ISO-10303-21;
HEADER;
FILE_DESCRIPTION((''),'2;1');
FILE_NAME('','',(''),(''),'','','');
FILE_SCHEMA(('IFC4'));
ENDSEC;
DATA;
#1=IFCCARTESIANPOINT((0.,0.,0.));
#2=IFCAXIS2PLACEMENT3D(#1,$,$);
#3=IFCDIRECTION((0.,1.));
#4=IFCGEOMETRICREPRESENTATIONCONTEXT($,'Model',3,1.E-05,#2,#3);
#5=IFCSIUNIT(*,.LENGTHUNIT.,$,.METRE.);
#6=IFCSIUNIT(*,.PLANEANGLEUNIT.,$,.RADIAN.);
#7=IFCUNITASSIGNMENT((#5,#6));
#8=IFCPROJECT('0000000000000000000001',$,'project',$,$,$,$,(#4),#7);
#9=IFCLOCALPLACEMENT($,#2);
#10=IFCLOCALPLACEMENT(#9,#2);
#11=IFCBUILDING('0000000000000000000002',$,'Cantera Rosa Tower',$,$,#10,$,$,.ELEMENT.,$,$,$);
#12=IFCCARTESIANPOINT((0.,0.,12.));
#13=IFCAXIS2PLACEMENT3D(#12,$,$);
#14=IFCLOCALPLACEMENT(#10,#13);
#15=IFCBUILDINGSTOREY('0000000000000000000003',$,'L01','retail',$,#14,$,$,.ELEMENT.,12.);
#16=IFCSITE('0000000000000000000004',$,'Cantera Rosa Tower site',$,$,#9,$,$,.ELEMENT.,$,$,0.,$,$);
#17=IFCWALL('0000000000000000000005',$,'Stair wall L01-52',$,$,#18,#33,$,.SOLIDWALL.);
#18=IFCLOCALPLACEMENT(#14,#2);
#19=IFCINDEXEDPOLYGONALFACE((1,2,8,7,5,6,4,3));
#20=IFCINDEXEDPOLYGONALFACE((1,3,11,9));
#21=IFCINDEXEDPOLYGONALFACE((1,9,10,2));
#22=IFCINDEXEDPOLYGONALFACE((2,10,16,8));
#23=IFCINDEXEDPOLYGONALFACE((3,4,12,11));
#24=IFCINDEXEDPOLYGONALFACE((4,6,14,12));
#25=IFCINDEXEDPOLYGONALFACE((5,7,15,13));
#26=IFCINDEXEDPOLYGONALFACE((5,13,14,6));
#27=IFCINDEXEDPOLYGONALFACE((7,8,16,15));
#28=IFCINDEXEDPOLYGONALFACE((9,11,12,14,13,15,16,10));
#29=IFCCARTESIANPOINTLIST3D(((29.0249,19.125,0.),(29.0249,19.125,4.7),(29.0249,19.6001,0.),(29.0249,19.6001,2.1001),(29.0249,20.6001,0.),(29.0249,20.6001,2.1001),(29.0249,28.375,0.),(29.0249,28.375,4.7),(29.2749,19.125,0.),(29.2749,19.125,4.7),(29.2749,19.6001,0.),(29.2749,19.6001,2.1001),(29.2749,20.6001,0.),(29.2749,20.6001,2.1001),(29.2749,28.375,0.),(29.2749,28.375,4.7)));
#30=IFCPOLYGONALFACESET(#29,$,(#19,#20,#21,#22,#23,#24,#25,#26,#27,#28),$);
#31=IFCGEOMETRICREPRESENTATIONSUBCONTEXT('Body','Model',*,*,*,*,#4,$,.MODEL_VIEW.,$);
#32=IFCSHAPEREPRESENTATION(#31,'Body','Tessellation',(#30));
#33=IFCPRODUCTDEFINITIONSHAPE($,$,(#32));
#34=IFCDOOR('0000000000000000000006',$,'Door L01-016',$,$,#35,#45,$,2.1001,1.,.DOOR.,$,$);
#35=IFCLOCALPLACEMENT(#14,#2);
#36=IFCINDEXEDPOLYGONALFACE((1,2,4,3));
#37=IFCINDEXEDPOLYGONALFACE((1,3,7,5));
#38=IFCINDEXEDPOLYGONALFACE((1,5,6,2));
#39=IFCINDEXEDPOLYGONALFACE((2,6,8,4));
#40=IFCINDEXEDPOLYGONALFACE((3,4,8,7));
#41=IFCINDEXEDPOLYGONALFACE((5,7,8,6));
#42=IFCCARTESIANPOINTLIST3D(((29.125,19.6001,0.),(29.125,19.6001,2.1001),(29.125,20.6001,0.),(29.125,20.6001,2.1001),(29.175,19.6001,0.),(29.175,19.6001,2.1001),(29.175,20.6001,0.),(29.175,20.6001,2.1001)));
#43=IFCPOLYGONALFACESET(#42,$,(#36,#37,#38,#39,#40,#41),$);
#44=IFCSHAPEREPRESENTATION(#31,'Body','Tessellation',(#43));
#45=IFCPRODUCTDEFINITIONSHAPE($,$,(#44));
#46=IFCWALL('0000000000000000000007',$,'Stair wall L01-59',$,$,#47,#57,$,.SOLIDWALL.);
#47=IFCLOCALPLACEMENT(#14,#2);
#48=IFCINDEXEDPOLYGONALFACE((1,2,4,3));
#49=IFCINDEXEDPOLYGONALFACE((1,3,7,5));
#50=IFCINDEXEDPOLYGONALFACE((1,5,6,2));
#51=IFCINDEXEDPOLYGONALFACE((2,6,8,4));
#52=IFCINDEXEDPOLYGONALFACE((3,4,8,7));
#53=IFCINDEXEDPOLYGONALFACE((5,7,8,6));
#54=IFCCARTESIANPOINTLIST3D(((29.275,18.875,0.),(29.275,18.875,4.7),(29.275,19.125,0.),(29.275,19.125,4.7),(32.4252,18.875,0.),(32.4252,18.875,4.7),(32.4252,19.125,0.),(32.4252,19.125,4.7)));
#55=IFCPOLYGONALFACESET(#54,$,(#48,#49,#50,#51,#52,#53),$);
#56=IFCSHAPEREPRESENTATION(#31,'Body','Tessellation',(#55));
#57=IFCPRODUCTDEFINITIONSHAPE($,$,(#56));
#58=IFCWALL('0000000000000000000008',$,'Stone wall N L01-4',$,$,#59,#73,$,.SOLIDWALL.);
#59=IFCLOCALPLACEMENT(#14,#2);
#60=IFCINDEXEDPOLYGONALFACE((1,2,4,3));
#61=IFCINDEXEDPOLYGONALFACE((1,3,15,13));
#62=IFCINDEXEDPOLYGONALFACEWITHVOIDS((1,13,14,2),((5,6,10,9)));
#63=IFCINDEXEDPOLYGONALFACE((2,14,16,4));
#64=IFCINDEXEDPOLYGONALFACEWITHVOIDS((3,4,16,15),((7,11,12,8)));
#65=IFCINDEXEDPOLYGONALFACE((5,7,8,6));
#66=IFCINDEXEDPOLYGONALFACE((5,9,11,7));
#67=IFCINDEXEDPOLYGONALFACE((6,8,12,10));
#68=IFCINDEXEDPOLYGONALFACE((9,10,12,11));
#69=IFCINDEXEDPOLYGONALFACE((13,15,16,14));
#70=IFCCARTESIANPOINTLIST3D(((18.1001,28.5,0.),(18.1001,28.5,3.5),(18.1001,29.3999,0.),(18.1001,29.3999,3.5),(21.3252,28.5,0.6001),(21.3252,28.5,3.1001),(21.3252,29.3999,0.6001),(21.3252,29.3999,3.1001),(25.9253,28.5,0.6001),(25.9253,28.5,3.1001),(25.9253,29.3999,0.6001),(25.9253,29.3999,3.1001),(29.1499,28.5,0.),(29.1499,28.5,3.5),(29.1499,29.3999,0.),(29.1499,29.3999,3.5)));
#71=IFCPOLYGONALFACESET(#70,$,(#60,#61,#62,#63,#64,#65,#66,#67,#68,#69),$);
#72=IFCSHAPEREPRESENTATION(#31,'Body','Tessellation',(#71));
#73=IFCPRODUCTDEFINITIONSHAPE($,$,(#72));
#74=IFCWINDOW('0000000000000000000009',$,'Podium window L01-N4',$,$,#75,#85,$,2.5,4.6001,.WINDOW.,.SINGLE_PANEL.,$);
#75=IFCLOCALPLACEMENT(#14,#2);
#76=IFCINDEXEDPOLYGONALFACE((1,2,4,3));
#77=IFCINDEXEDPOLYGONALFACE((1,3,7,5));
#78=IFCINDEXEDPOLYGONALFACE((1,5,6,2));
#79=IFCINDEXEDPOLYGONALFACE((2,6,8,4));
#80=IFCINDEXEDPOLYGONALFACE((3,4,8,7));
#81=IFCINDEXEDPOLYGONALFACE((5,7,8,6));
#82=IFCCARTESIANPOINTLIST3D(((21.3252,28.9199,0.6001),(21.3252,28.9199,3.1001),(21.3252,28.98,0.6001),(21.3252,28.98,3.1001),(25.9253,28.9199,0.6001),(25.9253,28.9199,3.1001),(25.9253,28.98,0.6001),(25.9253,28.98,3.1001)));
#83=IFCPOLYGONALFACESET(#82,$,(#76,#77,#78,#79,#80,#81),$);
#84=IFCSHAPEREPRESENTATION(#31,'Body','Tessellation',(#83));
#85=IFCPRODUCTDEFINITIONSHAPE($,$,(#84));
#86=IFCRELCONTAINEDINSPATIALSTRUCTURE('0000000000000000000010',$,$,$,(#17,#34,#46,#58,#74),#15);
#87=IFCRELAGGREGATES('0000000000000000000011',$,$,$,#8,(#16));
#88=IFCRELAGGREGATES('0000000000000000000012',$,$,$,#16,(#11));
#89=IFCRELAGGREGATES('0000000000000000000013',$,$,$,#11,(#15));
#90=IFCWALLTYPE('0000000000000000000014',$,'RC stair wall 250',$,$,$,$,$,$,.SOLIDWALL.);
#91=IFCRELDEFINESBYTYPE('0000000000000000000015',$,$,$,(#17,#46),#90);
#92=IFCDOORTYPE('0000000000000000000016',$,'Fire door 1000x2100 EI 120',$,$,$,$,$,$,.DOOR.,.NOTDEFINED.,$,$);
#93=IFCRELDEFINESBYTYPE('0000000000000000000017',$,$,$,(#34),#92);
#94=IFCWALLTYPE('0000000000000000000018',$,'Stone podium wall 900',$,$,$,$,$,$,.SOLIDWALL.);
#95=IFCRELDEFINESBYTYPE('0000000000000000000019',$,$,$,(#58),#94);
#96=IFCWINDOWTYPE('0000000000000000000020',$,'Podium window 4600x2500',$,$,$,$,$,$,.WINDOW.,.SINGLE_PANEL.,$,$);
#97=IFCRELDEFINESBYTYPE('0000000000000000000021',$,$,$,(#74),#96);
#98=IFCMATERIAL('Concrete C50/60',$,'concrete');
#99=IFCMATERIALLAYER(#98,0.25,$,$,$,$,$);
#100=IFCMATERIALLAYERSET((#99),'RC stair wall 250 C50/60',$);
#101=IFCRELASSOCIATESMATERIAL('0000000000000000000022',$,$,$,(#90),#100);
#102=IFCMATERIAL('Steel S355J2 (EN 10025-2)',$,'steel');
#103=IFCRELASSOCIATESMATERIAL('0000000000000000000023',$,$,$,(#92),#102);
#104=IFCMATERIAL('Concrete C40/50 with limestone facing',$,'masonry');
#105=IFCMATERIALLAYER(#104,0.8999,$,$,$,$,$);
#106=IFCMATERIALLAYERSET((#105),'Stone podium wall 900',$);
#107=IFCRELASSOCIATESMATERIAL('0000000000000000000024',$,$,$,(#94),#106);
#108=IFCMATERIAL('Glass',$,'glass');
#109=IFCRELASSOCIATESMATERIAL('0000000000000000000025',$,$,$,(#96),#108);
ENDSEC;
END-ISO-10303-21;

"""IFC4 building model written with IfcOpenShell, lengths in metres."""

from ifc_helpers import new_model, si_unit, direction, frame, frame_2d, origin, place, context, subcontext, project, spatial, rectangle, extrude, material, layer, layer_set, type_object, element, fill, save


model = new_model("IFC4")

# Units and contexts
model_context = context("Model", 3, precision=1e-05, world=origin(), true_north=direction((0.0, 1.0)))
body_context = subcontext(model_context, "Body", "Model", "MODEL_VIEW")
ifc_project = project(units=[si_unit("LENGTHUNIT", "METRE"), si_unit("PLANEANGLEUNIT", "RADIAN")], contexts=[model_context])

# Site, building, storey
site_placement = place(None, origin())
site = spatial("IfcSite", under=ifc_project, at=site_placement, Name="Cantera Rosa Tower site", CompositionType="ELEMENT", RefElevation=0.0)
building_placement = place(site_placement, origin())
building = spatial("IfcBuilding", under=site, at=building_placement, Name="Cantera Rosa Tower", CompositionType="ELEMENT")
storey_placement = place(building_placement, frame((0.0, 0.0, 12.0)))
storey = spatial("IfcBuildingStorey", under=building, at=storey_placement, Name="L01", Description="retail", CompositionType="ELEMENT", Elevation=12.0)

# Shared definitions
ifc_material_1 = material(Name="Concrete C50/60", Category="concrete")
ifc_layer_1 = layer(ifc_material_1, 0.25)
ifc_layer_set_1 = layer_set([ifc_layer_1], Name="RC stair wall 250 C50/60")
wall_type_1 = type_object("IfcWallType", Name="RC stair wall 250", PredefinedType="SOLIDWALL", material=ifc_layer_set_1)

# Wall, opening, door
wall_1_placement = place(storey_placement, frame((29.1499, 19.125, 0.0), z_axis=(0.0, 0.0, 1.0), x_axis=(0.0, 1.0, 0.0)))
wall_1 = element("IfcWall", 1, at=wall_1_placement, inside=storey, type_object=wall_type_1, Name="Stair wall L01-52", PredefinedType="SOLIDWALL", context=body_context, shape_type="SweptSolid", body=[
    extrude(rectangle(XDim=9.25, YDim=0.25, at=frame_2d((4.625, 0.0))), origin(), (0.0, 0.0, 1.0), 4.7),
])
opening_1_placement = place(wall_1_placement, frame((0.4751, 0.0, 0.0)))
opening_1 = element("IfcOpeningElement", 2, at=opening_1_placement, cuts=wall_1, PredefinedType="OPENING", context=body_context, shape_type="SweptSolid", body=[
    extrude(rectangle(XDim=1.0, YDim=2.1001, at=frame_2d((0.5, 1.05))), frame((0.0, 0.135, 0.0), z_axis=(0.0, -1.0, 0.0), x_axis=(1.0, 0.0, 0.0)), (0.0, 0.0, 1.0), 0.27),
])
ifc_material_2 = material(Name="Steel S355J2 (EN 10025-2)", Category="steel")
door_type_1 = type_object("IfcDoorType", Name="Fire door 1000x2100 EI 120", OperationType="NOTDEFINED", PredefinedType="DOOR", material=ifc_material_2)
door_1_placement = place(opening_1_placement, origin())
door_1 = element("IfcDoor", 3, at=door_1_placement, inside=storey, type_object=door_type_1, Name="Door L01-016", OverallHeight=2.1001, OverallWidth=1.0, PredefinedType="DOOR", context=body_context, shape_type="SweptSolid", body=[
    extrude(rectangle(XDim=1.0, YDim=2.1001, at=frame_2d((0.5, 1.05))), frame((0.0, 0.0249, 0.0), z_axis=(0.0, -1.0, 0.0), x_axis=(1.0, 0.0, 0.0)), (0.0, 0.0, 1.0), 0.05),
])
fill(opening_1, door_1)

# Wall
wall_2_placement = place(storey_placement, frame((29.2749, 19.0, 0.0), z_axis=(0.0, 0.0, 1.0), x_axis=(1.0, 0.0, 0.0)))
element("IfcWall", 4, at=wall_2_placement, inside=storey, type_object=wall_type_1, Name="Stair wall L01-59", PredefinedType="SOLIDWALL", context=body_context, shape_type="SweptSolid", body=[
    extrude(rectangle(XDim=3.1501, YDim=0.25, at=frame_2d((1.5752, 0.0))), origin(), (0.0, 0.0, 1.0), 4.7),
])

# Wall, opening, window
ifc_material_3 = material(Name="Concrete C40/50 with limestone facing", Category="masonry")
ifc_layer_2 = layer(ifc_material_3, 0.8999)
ifc_layer_set_2 = layer_set([ifc_layer_2], Name="Stone podium wall 900")
wall_type_2 = type_object("IfcWallType", Name="Stone podium wall 900", PredefinedType="SOLIDWALL", material=ifc_layer_set_2)
wall_3_placement = place(storey_placement, frame((18.1001, 28.95, 0.0), z_axis=(0.0, 0.0, 1.0), x_axis=(1.0, 0.0, 0.0)))
wall_3 = element("IfcWall", 5, at=wall_3_placement, inside=storey, type_object=wall_type_2, Name="Stone wall N L01-4", PredefinedType="SOLIDWALL", context=body_context, shape_type="SweptSolid", body=[
    extrude(rectangle(XDim=11.0498, YDim=0.8999, at=frame_2d((5.5249, 0.0))), origin(), (0.0, 0.0, 1.0), 3.5),
])
opening_2_placement = place(wall_3_placement, frame((3.2251, 0.0, 0.6001)))
opening_2 = element("IfcOpeningElement", 6, at=opening_2_placement, cuts=wall_3, PredefinedType="OPENING", context=body_context, shape_type="SweptSolid", body=[
    extrude(rectangle(XDim=4.6001, YDim=2.5, at=frame_2d((2.3, 1.25))), frame((0.0, 0.46, 0.0), z_axis=(0.0, -1.0, 0.0), x_axis=(1.0, 0.0, 0.0)), (0.0, 0.0, 1.0), 0.9199),
])
ifc_material_4 = material(Name="Glass", Category="glass")
window_type = type_object("IfcWindowType", Name="Podium window 4600x2500", PartitioningType="SINGLE_PANEL", PredefinedType="WINDOW", material=ifc_material_4)
window_placement = place(opening_2_placement, origin())
window = element("IfcWindow", 7, at=window_placement, inside=storey, type_object=window_type, Name="Podium window L01-N4", OverallHeight=2.5, OverallWidth=4.6001, PartitioningType="SINGLE_PANEL", PredefinedType="WINDOW", context=body_context, shape_type="SweptSolid", body=[
    extrude(rectangle(XDim=4.6001, YDim=2.5, at=frame_2d((2.3, 1.25))), frame((0.0, 0.03, 0.0), z_axis=(0.0, -1.0, 0.0), x_axis=(1.0, 0.0, 0.0)), (0.0, 0.0, 1.0), 0.0601),
])
fill(opening_2, window)

save(model, "model.ifc")
